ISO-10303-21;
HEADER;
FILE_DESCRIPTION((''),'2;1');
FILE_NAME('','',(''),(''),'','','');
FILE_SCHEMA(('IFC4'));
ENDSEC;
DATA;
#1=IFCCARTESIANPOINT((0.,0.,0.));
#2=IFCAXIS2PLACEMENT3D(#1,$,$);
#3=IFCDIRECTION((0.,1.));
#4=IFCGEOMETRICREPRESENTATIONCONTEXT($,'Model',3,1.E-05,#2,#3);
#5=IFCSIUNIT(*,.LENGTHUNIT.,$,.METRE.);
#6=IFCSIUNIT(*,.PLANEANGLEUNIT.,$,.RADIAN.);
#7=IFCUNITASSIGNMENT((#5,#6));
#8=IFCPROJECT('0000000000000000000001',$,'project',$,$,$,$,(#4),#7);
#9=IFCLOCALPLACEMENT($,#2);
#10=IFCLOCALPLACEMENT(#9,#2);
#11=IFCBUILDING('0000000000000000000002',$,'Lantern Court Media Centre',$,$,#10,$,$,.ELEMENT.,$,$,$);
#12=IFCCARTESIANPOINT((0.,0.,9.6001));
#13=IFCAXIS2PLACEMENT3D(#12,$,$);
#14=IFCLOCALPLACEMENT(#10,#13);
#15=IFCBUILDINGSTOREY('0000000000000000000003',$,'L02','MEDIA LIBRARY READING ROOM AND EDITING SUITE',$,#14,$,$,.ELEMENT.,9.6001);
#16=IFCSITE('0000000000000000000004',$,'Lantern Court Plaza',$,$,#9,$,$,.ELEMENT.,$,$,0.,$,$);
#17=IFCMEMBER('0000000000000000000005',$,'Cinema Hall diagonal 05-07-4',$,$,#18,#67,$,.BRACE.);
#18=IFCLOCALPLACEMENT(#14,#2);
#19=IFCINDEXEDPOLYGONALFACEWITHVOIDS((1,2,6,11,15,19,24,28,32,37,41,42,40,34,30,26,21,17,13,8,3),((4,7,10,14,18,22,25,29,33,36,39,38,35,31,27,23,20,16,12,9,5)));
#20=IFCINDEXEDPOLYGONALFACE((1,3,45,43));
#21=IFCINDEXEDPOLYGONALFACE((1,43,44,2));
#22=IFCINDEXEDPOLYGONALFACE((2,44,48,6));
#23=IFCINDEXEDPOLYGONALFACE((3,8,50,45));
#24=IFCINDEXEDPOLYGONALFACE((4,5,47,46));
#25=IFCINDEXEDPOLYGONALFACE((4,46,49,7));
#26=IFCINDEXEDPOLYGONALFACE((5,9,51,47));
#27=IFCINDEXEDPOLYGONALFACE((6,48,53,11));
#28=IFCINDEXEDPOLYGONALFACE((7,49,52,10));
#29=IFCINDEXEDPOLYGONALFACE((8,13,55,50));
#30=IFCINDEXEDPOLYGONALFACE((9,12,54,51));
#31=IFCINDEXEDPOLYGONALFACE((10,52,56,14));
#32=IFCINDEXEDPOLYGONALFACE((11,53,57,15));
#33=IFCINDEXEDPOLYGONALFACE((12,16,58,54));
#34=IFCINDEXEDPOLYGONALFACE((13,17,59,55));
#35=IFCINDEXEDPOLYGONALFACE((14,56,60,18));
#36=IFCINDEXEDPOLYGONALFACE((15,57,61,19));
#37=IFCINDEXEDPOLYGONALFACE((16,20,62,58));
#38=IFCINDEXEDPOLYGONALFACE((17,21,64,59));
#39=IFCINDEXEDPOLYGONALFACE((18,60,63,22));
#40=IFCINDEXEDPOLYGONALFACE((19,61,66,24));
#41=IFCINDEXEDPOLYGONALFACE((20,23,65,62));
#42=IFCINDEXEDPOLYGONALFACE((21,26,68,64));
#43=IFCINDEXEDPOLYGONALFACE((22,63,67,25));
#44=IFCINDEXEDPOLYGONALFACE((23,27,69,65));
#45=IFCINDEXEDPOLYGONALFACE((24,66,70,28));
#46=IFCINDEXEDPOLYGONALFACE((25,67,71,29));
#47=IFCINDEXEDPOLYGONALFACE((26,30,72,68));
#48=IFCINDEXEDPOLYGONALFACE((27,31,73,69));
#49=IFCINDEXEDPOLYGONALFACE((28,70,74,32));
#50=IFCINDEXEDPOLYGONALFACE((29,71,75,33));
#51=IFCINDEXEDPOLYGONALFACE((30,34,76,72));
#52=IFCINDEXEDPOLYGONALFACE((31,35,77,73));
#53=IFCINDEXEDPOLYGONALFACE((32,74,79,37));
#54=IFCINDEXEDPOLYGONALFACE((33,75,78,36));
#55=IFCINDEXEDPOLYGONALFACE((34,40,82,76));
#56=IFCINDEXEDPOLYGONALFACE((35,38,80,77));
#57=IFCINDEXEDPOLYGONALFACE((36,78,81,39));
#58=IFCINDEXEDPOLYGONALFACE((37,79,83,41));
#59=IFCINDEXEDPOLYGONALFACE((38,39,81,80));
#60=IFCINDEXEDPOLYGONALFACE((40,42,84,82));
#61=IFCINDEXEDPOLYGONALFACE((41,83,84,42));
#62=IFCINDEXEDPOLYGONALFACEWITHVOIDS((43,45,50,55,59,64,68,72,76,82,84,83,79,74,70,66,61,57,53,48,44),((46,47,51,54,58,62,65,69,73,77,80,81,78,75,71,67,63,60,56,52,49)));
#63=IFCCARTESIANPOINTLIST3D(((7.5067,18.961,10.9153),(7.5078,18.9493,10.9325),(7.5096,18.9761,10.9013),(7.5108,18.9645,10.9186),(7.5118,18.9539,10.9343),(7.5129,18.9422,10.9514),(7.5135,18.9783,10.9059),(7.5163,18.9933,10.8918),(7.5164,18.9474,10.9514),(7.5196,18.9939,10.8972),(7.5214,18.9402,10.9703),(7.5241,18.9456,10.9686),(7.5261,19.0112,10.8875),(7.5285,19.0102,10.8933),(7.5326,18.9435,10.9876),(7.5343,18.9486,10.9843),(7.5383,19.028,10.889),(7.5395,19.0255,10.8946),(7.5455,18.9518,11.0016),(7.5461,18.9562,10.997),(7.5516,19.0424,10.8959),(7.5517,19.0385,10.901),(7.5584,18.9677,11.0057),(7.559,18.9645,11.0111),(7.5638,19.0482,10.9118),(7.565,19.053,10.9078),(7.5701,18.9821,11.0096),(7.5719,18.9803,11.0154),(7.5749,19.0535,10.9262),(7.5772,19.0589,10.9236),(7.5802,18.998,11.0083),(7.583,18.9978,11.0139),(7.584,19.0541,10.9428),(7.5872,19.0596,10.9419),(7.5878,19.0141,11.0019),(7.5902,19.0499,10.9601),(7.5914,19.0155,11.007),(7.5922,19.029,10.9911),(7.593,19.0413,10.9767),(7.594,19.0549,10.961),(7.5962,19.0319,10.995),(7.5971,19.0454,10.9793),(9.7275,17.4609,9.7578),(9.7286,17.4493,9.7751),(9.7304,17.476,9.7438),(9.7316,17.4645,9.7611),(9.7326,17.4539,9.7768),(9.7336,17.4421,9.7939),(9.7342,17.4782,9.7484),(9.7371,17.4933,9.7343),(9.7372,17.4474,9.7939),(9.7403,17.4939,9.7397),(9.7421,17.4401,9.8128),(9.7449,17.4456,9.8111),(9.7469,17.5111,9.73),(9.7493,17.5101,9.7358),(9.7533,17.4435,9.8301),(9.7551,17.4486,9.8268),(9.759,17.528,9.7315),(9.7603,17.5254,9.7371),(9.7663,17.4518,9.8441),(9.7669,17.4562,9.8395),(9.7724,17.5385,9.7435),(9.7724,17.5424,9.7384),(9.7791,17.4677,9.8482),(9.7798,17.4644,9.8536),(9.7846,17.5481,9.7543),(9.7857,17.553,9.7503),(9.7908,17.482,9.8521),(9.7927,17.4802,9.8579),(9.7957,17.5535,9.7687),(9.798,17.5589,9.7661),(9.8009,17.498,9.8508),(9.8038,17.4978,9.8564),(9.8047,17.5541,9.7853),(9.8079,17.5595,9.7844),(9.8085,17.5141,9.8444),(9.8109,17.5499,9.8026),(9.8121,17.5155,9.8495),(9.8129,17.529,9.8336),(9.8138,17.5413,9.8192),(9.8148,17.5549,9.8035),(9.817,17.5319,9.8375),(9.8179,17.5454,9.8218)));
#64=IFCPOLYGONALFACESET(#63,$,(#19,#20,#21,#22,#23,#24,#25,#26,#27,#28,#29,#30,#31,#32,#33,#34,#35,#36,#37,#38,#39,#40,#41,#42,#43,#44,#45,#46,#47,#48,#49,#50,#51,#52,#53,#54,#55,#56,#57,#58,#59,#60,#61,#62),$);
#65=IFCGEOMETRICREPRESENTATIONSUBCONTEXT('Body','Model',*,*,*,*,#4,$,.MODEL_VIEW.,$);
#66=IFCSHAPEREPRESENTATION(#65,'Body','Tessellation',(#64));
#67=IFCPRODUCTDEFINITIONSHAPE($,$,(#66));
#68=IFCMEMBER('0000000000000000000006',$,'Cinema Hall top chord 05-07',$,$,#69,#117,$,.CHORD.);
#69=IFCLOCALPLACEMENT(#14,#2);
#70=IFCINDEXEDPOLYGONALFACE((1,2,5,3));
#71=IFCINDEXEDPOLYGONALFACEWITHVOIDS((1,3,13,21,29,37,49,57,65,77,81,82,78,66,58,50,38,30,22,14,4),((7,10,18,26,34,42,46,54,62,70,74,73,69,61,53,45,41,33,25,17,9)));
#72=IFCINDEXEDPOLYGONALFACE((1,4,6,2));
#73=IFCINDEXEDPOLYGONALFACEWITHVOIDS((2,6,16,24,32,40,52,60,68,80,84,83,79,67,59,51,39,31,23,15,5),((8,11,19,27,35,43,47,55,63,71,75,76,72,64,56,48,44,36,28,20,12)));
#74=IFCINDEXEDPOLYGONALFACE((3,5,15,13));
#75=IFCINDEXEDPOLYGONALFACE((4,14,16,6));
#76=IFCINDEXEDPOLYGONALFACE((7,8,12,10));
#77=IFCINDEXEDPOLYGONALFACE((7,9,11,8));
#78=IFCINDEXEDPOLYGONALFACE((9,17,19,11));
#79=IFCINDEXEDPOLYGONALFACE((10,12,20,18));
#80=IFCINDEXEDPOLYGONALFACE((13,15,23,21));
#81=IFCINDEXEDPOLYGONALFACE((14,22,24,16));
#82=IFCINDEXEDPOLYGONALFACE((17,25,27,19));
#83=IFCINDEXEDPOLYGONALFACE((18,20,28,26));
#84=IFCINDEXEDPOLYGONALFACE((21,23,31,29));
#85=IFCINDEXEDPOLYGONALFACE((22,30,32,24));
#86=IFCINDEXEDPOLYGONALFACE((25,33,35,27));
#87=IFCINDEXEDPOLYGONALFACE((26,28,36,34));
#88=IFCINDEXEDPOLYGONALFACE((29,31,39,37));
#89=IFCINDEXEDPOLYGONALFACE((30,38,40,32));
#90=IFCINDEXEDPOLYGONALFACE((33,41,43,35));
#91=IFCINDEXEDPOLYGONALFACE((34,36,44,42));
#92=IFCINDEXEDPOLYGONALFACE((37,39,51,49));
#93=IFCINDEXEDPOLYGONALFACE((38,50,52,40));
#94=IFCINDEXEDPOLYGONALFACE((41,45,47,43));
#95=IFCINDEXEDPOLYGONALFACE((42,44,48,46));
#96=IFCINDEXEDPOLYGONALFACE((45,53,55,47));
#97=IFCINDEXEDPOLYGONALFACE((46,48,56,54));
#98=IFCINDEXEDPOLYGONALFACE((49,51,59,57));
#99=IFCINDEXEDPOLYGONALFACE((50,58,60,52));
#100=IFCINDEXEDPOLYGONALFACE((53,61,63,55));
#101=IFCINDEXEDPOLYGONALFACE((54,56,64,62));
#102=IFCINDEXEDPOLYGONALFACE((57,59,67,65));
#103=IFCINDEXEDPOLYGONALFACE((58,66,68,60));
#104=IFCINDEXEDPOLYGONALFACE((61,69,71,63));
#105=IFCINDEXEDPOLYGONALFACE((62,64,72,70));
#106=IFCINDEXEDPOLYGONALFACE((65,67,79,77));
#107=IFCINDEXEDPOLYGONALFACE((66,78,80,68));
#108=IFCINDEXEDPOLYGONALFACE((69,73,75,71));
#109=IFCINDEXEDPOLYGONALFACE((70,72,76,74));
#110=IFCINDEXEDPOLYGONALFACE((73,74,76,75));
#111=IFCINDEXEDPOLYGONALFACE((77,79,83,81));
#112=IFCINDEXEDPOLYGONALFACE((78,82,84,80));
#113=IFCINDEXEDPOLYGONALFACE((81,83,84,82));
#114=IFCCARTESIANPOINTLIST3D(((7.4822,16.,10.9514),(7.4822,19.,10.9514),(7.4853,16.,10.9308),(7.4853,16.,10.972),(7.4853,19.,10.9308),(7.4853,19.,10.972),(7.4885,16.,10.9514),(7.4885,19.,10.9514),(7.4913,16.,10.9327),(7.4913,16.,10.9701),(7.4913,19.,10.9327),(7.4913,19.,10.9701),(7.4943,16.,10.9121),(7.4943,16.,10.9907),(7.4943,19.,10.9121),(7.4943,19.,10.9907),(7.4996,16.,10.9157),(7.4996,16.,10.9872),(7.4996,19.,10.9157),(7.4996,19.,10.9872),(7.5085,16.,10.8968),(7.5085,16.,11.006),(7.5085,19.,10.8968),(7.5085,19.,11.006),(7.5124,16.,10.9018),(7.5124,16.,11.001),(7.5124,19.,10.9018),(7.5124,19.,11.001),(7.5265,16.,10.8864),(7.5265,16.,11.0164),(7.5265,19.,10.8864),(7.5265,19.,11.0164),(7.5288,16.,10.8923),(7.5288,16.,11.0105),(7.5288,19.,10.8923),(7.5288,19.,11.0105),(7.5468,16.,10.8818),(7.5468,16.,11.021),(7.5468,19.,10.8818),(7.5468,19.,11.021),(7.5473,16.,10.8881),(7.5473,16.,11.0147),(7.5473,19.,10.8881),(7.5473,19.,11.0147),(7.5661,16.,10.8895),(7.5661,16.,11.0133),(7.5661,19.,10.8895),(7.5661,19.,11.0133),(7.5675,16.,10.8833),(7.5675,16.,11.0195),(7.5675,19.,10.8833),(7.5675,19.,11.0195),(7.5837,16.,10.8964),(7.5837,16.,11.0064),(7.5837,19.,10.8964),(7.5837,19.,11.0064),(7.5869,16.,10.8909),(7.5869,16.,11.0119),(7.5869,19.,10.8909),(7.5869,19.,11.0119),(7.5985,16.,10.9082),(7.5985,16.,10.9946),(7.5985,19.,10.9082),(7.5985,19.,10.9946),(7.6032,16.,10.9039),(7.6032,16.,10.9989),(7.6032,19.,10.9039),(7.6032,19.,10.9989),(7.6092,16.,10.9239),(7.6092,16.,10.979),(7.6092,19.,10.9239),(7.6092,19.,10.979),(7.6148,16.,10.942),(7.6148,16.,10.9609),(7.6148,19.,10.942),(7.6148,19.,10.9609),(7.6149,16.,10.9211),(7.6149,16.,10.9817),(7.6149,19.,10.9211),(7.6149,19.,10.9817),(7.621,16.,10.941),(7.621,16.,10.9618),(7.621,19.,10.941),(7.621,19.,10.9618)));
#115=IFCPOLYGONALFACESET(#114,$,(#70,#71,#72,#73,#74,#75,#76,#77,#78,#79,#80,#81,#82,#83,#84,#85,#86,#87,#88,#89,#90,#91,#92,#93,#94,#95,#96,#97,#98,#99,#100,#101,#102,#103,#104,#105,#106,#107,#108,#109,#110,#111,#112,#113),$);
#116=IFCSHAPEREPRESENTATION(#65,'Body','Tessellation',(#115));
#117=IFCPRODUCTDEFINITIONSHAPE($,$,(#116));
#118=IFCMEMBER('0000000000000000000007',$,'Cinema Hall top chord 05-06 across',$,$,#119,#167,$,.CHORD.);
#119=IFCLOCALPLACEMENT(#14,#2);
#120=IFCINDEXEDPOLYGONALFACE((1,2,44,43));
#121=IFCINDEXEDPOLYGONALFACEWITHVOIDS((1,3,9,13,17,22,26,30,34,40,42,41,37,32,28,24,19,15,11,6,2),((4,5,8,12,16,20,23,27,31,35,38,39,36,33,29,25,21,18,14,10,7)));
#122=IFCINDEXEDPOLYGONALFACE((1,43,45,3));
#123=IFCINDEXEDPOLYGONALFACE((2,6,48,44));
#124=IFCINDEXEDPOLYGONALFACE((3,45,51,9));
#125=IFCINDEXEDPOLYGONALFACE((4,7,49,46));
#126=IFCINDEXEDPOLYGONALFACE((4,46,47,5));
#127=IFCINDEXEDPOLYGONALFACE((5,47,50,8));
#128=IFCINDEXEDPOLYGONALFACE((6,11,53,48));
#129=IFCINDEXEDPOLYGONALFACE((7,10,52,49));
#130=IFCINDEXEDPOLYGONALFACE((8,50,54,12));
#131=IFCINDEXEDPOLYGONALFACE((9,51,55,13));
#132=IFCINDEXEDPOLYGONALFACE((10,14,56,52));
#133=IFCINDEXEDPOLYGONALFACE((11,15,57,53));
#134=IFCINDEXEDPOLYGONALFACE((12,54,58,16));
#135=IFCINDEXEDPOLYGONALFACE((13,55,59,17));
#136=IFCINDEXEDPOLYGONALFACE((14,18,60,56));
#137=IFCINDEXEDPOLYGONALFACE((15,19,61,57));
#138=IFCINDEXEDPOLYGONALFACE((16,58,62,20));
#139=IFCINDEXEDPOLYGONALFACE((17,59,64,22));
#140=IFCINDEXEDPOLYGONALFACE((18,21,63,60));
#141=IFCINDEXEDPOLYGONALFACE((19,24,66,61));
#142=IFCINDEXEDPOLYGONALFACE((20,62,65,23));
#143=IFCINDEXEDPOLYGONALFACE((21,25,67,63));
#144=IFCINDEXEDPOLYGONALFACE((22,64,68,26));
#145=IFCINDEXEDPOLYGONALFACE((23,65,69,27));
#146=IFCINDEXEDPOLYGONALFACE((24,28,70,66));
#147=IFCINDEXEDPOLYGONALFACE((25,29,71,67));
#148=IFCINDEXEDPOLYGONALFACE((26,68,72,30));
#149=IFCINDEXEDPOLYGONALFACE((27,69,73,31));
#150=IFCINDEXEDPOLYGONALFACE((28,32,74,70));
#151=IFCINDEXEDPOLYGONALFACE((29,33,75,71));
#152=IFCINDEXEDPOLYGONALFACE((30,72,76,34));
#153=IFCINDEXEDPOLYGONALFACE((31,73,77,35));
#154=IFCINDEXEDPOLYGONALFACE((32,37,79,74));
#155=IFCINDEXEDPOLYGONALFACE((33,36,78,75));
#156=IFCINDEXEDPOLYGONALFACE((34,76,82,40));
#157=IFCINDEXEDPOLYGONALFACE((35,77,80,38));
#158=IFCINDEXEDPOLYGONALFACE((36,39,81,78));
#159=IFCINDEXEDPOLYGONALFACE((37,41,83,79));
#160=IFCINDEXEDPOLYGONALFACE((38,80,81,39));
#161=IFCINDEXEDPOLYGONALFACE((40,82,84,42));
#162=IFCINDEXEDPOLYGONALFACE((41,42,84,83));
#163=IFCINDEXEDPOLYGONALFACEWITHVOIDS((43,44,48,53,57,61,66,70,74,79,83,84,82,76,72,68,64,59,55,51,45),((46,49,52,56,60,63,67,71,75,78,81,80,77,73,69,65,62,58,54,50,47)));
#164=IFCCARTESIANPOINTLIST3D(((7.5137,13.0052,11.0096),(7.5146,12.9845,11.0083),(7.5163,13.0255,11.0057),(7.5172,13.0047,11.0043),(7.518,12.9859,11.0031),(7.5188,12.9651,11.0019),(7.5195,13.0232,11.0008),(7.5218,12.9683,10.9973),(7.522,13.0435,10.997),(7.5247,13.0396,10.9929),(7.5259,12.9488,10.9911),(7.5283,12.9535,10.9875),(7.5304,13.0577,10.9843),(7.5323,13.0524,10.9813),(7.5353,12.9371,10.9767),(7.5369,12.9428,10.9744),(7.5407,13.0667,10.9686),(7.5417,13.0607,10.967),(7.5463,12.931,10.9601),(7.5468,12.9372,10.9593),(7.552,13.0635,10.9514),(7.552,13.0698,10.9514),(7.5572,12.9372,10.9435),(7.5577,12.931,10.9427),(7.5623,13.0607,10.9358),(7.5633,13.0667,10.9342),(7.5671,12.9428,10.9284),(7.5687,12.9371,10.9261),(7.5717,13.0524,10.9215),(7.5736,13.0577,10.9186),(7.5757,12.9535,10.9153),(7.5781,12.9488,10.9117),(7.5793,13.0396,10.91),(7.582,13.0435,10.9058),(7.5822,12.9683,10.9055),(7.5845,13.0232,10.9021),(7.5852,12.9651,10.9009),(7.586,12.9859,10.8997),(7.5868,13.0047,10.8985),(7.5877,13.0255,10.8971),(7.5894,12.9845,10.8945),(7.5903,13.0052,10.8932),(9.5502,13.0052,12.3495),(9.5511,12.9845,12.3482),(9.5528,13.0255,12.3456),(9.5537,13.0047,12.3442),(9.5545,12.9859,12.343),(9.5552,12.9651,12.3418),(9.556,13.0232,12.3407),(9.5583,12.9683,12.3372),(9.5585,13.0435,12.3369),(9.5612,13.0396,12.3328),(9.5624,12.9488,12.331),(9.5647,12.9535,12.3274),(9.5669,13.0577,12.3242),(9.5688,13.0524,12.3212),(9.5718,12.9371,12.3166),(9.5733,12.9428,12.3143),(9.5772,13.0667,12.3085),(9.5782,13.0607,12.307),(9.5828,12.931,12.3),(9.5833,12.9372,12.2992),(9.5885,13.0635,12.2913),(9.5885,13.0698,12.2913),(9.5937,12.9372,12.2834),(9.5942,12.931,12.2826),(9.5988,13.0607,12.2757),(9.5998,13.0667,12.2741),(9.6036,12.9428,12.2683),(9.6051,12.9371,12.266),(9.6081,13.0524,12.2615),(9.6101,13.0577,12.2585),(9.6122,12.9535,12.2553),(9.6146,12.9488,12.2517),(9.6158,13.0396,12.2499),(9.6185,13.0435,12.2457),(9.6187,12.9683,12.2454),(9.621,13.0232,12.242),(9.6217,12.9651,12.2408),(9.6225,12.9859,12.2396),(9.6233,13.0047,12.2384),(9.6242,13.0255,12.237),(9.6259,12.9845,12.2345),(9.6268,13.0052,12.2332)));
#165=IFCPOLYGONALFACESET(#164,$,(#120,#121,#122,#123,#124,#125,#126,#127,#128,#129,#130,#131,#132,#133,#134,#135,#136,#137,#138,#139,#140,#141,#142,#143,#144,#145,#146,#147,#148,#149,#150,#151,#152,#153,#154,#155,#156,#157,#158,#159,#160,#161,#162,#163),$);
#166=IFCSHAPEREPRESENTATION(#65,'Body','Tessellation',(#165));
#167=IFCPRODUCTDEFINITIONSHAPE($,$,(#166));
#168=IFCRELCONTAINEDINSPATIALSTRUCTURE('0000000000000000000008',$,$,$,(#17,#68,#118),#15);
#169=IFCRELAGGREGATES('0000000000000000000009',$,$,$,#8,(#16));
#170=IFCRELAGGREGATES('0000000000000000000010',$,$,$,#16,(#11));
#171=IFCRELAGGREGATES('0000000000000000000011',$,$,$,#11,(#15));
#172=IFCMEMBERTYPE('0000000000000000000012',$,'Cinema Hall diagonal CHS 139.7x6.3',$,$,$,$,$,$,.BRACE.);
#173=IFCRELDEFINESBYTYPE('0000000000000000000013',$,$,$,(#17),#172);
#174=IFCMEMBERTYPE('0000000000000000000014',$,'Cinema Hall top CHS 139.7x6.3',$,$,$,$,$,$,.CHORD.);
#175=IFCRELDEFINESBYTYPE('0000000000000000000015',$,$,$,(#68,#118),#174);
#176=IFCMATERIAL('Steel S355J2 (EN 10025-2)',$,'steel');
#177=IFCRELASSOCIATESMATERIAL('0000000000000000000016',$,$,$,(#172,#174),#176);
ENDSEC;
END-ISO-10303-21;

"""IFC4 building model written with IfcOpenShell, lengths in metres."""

from ifc_helpers import new_model, si_unit, direction, frame, origin, origin_2d, place, context, subcontext, project, spatial, hollow_circle, extrude, material, material_profile, profile_set, type_object, element, save


model = new_model("IFC4")

# Units and contexts
model_context = context("Model", 3, precision=1e-05, world=origin(), true_north=direction((0.0, 1.0)))
body_context = subcontext(model_context, "Body", "Model", "MODEL_VIEW")
ifc_project = project(units=[si_unit("LENGTHUNIT", "METRE"), si_unit("PLANEANGLEUNIT", "RADIAN")], contexts=[model_context])

# Site, building, storey
site_placement = place(None, origin())
site = spatial("IfcSite", under=ifc_project, at=site_placement, Name="Lantern Court Plaza", CompositionType="ELEMENT", RefElevation=0.0)
building_placement = place(site_placement, origin())
building = spatial("IfcBuilding", under=site, at=building_placement, Name="Lantern Court Media Centre", CompositionType="ELEMENT")
storey_placement = place(building_placement, frame((0.0, 0.0, 9.6001)))
storey = spatial("IfcBuildingStorey", under=building, at=storey_placement, Name="L02", Description="MEDIA LIBRARY READING ROOM AND EDITING SUITE", CompositionType="ELEMENT", Elevation=9.6001)

# Members
ifc_material = material(Name="Steel S355J2 (EN 10025-2)", Category="steel")
ifc_material_profile_1 = material_profile(ifc_material, hollow_circle(Radius=0.0698, WallThickness=0.0063, at=origin_2d()), Name="Cinema Hall diagonal CHS 139.7x6.3")
ifc_profile_set_1 = profile_set([ifc_material_profile_1], Name="Steel S355J2 (EN 10025-2)")
member_type_1 = type_object("IfcMemberType", Name="Cinema Hall diagonal CHS 139.7x6.3", PredefinedType="BRACE", material=ifc_profile_set_1)
member_1_placement = place(storey_placement, frame((9.7727, 17.5, 9.7939), z_axis=(-0.760744, 0.513854, 0.396514), x_axis=(-0.559736, -0.828671, 0.0)))
element("IfcMember", 1, at=member_1_placement, inside=storey, type_object=member_type_1, Name="Cinema Hall diagonal 05-07-4", PredefinedType="BRACE", context=body_context, shape_type="SweptSolid", body=[
    extrude(hollow_circle(Radius=0.0698, WallThickness=0.0063, at=origin_2d()), origin(), (0.0, 0.0, 1.0), 2.9192),
])
ifc_material_profile_2 = material_profile(ifc_material, hollow_circle(Radius=0.0698, WallThickness=0.0063, at=origin_2d()), Name="Cinema Hall top CHS 139.7x6.3")
ifc_profile_set_2 = profile_set([ifc_material_profile_2], Name="Steel S355J2 (EN 10025-2)")
member_type_2 = type_object("IfcMemberType", Name="Cinema Hall top CHS 139.7x6.3", PredefinedType="CHORD", material=ifc_profile_set_2)
member_2_placement = place(storey_placement, frame((7.552, 16.0, 10.9514), z_axis=(0.0, 1.0, 0.0), x_axis=(-1.0, 0.0, 0.0)))
element("IfcMember", 2, at=member_2_placement, inside=storey, type_object=member_type_2, Name="Cinema Hall top chord 05-07", PredefinedType="CHORD", context=body_context, shape_type="SweptSolid", body=[
    extrude(hollow_circle(Radius=0.0698, WallThickness=0.0063, at=origin_2d()), origin(), (0.0, 0.0, 1.0), 3.0),
])
for number, where, z_axis, x_axis, name in (
    (3, (7.552, 13.0, 10.9514), (0.835394, 0.0, 0.549651), (0.0, 1.0, 0.0), "Cinema Hall top chord 05-06 across"),
):
    element("IfcMember", number, at=place(storey_placement, frame(where, z_axis=z_axis, x_axis=x_axis)), inside=storey, type_object=member_type_2, Name=name, PredefinedType="CHORD", context=body_context, shape_type="SweptSolid", body=[
        extrude(hollow_circle(Radius=0.0698, WallThickness=0.0063, at=origin_2d()), origin(), (0.0, 0.0, 1.0), 2.4377),
    ])

save(model, "model.ifc")
